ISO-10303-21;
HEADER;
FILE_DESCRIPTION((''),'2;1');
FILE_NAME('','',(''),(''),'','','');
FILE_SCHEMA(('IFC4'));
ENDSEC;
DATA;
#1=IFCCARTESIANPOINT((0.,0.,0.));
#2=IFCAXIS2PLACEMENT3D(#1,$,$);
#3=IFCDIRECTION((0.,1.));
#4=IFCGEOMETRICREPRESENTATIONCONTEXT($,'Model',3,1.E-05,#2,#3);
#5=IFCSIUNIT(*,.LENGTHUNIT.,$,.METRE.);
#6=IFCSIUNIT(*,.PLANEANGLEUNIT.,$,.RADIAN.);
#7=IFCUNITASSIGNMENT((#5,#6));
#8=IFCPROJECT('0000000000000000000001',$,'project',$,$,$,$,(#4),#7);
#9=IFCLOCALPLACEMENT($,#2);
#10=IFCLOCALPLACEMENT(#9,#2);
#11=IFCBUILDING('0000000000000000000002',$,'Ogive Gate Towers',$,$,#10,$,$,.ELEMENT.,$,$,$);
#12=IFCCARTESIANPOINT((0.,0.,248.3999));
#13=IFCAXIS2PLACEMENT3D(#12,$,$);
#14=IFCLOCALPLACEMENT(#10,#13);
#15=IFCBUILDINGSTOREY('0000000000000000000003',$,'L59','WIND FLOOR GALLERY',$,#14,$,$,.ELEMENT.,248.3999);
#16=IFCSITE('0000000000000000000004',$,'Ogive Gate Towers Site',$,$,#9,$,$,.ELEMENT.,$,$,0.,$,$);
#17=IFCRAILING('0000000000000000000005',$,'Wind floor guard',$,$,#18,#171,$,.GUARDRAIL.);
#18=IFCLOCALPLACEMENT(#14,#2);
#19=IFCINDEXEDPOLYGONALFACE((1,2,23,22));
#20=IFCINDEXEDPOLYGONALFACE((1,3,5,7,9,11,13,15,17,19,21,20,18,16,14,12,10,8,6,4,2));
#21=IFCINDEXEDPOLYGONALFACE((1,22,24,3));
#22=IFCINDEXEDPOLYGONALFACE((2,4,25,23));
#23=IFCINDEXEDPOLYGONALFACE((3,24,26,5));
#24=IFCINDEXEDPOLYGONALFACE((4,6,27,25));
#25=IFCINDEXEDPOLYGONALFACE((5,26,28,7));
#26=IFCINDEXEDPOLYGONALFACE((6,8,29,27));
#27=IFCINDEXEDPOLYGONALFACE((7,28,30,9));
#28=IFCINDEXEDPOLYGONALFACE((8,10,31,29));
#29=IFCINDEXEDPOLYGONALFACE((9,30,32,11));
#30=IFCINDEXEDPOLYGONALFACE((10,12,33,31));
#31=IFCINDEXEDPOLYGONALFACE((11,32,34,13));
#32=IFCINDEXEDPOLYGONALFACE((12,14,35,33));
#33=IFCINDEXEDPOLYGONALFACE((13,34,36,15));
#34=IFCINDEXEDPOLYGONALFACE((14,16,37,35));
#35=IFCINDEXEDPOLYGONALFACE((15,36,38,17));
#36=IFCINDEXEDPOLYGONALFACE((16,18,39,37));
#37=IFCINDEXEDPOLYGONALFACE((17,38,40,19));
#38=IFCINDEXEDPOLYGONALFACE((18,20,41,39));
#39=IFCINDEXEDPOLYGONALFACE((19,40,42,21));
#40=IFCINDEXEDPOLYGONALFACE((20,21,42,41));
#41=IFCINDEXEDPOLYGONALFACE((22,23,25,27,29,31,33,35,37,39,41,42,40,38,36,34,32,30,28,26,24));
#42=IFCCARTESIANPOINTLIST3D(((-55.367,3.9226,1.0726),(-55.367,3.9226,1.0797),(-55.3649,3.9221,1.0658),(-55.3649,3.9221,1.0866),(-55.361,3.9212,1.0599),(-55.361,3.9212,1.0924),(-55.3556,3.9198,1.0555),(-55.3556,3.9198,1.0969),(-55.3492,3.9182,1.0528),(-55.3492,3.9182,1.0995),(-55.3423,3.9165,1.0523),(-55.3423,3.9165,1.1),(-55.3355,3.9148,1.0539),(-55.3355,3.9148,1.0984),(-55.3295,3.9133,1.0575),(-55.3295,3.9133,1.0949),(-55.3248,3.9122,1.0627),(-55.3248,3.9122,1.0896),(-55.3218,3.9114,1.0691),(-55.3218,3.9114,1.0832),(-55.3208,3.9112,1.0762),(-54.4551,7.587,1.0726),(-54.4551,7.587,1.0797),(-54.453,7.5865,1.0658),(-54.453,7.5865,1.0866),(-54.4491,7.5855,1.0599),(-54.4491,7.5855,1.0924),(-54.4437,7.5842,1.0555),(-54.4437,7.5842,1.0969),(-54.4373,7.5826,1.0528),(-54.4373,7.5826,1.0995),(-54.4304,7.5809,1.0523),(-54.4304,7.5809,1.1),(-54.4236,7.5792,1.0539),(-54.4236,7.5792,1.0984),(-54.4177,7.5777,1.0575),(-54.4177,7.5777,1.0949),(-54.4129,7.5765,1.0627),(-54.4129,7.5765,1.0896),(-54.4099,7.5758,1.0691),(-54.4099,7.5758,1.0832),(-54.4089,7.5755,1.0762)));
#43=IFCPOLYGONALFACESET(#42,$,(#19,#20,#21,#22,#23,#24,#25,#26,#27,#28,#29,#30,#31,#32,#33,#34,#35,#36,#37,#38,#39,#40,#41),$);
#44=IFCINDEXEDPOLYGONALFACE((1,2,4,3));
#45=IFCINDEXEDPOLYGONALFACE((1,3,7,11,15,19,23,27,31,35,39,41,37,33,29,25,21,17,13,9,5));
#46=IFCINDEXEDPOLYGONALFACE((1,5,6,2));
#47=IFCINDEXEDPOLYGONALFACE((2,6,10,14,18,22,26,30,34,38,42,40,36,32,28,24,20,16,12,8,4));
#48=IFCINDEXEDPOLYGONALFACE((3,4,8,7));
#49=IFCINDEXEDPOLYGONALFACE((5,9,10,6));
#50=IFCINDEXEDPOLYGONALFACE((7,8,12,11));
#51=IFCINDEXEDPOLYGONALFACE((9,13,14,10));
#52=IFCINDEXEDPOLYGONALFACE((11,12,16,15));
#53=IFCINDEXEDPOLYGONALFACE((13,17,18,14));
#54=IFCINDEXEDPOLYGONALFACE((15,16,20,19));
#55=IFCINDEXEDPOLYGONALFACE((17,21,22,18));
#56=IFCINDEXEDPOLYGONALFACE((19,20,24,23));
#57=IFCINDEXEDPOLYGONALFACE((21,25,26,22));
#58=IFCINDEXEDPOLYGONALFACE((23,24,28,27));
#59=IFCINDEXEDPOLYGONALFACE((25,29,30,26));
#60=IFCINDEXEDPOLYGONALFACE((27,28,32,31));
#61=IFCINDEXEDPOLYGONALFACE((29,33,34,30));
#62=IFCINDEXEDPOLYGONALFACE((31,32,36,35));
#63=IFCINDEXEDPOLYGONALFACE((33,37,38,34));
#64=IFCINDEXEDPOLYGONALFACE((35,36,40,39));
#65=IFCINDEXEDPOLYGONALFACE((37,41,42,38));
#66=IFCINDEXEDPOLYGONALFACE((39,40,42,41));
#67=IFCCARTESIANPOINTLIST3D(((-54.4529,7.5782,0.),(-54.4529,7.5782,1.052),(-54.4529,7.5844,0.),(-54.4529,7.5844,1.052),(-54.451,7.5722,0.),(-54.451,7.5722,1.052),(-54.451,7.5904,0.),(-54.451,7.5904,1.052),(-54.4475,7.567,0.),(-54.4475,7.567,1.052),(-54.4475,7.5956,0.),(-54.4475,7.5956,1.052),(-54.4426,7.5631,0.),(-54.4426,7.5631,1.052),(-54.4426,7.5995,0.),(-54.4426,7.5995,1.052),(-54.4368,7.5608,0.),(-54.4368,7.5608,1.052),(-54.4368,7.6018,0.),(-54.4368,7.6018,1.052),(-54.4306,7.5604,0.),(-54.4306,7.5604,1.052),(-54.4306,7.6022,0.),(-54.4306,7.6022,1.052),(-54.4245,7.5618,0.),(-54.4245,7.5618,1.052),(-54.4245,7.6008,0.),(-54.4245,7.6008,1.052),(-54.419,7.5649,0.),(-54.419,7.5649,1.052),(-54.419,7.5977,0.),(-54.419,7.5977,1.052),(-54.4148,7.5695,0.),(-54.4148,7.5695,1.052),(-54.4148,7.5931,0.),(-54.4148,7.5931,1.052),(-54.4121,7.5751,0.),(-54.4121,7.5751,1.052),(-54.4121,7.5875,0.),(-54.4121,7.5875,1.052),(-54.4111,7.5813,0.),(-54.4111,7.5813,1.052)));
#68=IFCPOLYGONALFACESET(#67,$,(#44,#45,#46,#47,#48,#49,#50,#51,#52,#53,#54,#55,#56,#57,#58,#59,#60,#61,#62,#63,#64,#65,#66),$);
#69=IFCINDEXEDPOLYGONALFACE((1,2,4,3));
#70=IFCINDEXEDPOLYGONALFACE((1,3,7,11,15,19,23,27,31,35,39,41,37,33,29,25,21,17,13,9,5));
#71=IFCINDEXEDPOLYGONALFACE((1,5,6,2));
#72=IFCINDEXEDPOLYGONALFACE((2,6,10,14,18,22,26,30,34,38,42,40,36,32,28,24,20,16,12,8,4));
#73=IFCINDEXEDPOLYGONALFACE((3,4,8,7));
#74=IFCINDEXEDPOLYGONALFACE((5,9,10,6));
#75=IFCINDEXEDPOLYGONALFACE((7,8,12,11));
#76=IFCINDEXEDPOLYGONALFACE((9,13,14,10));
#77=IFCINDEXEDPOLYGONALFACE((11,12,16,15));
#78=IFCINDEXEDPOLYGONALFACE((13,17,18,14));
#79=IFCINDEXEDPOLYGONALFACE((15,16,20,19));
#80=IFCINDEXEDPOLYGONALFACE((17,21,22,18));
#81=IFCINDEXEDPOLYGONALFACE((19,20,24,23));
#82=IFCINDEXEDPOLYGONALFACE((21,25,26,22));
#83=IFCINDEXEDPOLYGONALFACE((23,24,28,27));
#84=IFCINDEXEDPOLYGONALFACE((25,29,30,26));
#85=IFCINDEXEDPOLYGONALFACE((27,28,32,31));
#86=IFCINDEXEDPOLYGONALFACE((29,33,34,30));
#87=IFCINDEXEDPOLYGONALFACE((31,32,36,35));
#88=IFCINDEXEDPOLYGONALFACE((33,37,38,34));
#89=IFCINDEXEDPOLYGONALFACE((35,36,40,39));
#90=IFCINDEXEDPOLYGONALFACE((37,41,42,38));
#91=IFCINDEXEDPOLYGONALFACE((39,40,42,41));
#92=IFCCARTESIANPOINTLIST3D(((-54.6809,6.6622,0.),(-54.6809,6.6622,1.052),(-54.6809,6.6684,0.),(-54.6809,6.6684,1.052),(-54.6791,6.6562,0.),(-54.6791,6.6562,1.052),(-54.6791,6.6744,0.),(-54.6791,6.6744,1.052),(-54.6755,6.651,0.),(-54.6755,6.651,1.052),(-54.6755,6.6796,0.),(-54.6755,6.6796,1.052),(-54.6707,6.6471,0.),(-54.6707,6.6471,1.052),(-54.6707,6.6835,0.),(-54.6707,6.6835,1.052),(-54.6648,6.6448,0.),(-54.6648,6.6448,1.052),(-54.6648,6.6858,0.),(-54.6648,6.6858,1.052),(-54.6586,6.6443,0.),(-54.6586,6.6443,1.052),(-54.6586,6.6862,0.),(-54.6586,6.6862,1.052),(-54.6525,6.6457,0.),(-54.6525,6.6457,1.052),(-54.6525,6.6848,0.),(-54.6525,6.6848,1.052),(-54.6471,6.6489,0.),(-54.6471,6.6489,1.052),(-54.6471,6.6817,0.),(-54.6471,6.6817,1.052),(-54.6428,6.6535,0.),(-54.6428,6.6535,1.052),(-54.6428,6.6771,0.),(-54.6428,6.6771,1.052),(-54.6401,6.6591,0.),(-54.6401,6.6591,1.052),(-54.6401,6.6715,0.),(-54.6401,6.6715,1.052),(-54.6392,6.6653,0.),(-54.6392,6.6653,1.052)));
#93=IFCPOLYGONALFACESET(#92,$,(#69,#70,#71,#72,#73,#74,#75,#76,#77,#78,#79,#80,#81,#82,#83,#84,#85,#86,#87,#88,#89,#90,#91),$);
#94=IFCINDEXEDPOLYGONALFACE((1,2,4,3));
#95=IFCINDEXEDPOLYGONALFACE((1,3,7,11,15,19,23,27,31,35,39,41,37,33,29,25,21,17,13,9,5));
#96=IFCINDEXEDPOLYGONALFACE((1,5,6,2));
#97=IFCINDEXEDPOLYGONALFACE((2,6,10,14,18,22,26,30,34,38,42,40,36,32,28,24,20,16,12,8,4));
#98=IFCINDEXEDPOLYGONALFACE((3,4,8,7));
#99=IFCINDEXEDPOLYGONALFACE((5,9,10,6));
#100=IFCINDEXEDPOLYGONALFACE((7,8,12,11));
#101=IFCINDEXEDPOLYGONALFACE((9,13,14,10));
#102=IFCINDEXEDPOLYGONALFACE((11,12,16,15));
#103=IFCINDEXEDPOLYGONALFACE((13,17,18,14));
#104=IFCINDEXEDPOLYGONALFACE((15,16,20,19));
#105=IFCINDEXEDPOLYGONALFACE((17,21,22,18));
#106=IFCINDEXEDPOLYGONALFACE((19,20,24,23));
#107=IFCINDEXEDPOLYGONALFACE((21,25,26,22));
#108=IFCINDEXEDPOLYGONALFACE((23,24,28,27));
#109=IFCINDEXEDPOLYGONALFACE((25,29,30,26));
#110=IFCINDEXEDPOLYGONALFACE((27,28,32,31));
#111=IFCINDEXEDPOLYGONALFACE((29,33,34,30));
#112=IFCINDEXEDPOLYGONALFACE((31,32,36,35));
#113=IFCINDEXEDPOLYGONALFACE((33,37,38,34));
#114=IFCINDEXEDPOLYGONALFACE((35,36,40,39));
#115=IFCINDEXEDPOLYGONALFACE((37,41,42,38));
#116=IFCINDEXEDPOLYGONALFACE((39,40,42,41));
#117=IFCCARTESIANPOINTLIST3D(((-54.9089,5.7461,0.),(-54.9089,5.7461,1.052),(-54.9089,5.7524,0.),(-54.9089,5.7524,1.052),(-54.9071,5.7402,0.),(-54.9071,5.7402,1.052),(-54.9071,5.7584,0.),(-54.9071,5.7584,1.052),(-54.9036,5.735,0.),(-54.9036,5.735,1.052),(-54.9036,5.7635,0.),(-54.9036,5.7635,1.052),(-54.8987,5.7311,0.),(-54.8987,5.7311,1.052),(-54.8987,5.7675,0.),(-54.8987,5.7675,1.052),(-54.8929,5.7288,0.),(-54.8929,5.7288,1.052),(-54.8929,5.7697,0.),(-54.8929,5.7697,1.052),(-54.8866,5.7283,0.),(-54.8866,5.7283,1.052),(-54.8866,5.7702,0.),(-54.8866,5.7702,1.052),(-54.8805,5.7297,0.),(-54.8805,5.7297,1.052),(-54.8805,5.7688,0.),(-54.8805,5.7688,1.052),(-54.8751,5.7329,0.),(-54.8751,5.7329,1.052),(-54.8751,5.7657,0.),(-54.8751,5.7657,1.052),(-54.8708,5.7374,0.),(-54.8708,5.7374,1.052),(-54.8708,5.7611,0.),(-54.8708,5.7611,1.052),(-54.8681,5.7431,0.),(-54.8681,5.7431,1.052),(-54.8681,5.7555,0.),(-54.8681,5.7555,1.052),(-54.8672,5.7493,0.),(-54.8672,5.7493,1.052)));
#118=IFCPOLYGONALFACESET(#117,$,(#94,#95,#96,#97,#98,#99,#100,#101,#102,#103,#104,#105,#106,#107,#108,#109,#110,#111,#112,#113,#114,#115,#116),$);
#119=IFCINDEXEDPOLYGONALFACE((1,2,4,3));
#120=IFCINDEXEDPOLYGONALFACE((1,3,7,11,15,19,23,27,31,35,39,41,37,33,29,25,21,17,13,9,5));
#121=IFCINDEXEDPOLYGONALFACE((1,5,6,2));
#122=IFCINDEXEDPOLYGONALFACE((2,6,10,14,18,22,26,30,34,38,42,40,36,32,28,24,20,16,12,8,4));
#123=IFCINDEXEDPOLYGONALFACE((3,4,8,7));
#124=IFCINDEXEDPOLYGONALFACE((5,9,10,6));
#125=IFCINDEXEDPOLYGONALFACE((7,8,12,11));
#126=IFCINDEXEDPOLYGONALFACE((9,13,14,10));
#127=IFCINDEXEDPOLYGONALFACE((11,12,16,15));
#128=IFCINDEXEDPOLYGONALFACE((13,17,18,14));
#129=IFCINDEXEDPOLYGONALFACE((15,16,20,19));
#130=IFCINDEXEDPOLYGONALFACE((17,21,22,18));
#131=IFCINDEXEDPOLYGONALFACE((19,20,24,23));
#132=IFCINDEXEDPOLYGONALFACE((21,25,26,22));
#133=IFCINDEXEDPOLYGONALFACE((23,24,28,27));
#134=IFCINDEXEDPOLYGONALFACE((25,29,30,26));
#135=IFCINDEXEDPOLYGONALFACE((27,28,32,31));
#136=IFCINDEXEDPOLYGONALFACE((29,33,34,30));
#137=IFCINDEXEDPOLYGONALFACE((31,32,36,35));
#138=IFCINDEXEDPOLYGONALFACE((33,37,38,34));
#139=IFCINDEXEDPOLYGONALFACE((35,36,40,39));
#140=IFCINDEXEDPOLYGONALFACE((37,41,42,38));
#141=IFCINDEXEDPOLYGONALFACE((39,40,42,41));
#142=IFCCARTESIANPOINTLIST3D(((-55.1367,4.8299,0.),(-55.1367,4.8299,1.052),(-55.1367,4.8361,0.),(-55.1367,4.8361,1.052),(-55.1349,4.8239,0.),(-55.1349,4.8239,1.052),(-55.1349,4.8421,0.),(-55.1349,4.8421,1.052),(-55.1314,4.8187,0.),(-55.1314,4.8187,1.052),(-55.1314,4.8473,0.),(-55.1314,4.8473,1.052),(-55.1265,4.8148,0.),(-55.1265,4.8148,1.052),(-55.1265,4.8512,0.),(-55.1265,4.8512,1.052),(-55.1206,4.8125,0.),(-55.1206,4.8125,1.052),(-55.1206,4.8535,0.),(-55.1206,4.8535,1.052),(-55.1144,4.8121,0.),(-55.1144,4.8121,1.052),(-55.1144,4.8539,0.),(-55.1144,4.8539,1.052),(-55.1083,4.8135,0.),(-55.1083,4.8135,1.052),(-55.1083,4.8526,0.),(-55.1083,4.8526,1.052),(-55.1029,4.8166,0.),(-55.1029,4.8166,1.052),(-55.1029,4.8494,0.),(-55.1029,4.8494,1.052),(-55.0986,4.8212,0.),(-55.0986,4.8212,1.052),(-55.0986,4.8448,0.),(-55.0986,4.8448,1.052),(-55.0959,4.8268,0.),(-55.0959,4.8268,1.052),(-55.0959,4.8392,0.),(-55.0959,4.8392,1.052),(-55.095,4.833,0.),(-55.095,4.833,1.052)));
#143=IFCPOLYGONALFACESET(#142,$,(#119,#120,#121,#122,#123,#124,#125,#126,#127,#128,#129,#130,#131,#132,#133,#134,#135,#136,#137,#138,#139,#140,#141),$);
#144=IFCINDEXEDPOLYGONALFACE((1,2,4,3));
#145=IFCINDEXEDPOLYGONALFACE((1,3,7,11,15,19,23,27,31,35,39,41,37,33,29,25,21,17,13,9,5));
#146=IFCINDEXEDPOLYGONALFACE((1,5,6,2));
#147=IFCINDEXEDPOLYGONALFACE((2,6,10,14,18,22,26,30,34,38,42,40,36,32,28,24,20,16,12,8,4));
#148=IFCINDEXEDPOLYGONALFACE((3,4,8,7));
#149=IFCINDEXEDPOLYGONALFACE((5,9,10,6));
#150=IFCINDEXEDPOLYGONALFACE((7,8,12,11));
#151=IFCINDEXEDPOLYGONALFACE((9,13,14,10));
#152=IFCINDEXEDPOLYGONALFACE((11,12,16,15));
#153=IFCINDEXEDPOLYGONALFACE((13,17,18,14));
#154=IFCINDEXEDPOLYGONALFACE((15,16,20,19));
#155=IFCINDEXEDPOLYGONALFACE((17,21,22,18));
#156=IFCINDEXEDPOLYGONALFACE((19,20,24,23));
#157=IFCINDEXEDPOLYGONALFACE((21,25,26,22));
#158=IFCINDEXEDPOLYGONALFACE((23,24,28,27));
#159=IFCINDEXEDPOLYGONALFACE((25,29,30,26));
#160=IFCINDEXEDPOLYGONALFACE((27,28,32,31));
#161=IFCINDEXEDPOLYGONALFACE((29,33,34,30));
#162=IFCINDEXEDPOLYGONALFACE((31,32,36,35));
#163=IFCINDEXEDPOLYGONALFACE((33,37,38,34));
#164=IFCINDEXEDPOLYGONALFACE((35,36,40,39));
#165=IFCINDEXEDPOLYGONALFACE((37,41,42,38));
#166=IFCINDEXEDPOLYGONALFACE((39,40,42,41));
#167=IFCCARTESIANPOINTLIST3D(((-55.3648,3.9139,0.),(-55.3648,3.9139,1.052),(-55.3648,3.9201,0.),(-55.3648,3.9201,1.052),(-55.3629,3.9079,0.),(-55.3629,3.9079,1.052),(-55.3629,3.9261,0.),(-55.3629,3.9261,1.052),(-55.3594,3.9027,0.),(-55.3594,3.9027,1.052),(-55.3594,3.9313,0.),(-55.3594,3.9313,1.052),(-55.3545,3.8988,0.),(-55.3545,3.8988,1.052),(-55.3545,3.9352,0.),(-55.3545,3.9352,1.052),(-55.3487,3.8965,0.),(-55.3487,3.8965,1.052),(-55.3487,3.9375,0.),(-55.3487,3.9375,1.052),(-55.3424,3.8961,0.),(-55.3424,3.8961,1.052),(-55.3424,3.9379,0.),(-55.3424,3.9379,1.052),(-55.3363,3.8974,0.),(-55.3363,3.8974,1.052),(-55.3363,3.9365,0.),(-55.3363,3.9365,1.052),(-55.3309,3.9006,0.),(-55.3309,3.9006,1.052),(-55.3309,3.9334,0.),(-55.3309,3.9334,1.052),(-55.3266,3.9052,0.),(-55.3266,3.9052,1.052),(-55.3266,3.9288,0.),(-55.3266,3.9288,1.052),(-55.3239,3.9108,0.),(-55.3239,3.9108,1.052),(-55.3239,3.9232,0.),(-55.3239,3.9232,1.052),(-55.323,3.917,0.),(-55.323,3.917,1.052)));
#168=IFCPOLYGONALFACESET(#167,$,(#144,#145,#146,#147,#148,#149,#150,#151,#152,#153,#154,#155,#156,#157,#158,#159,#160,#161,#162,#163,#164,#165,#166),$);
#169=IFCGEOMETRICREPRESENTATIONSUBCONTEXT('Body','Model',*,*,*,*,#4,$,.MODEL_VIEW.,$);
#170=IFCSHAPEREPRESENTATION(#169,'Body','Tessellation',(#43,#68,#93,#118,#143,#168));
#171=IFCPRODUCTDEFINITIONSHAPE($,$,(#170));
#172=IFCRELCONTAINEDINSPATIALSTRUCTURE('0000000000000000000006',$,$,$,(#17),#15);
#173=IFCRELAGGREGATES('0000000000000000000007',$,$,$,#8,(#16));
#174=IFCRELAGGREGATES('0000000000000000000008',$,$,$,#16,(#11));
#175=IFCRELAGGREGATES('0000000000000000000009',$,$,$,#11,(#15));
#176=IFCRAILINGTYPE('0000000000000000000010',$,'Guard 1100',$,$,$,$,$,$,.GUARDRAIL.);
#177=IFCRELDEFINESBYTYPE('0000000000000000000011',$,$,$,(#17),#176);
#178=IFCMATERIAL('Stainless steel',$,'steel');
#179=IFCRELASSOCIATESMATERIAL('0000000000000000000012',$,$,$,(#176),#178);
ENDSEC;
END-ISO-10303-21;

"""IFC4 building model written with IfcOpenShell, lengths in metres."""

from ifc_helpers import new_model, si_unit, direction, frame, origin, origin_2d, place, context, subcontext, project, spatial, circle, extrude, material, type_object, element, save


model = new_model("IFC4")

# Units and contexts
model_context = context("Model", 3, precision=1e-05, world=origin(), true_north=direction((0.0, 1.0)))
body_context = subcontext(model_context, "Body", "Model", "MODEL_VIEW")
ifc_project = project(units=[si_unit("LENGTHUNIT", "METRE"), si_unit("PLANEANGLEUNIT", "RADIAN")], contexts=[model_context])

# Site, building, storey
site_placement = place(None, origin())
site = spatial("IfcSite", under=ifc_project, at=site_placement, Name="Ogive Gate Towers Site", CompositionType="ELEMENT", RefElevation=0.0)
building_placement = place(site_placement, origin())
building = spatial("IfcBuilding", under=site, at=building_placement, Name="Ogive Gate Towers", CompositionType="ELEMENT")
storey_placement = place(building_placement, frame((0.0, 0.0, 248.3999)))
storey = spatial("IfcBuildingStorey", under=building, at=storey_placement, Name="L59", Description="WIND FLOOR GALLERY", CompositionType="ELEMENT", Elevation=248.3999)

# Railing
ifc_material_1 = material(Name="Stainless steel", Category="steel")
railing_type_1 = type_object("IfcRailingType", Name="Guard 1100", PredefinedType="GUARDRAIL", material=ifc_material_1)
railing_1_placement = place(storey_placement, frame((-54.4321, 7.5813, 0.0)))
element("IfcRailing", 1, at=railing_1_placement, inside=storey, type_object=railing_type_1, Name="Wind floor guard", PredefinedType="GUARDRAIL", context=body_context, shape_type="SweptSolid", body=[
    extrude(circle(Radius=0.0239, at=origin_2d()), frame((0.0, 0.0, 1.0762), z_axis=(-0.241486, -0.970404, 0.0), x_axis=(0.970404, -0.241486, 0.0)), (0.0, 0.0, 1.0), 3.7761),
    extrude(circle(Radius=0.021, at=origin_2d()), origin(), (0.0, 0.0, 1.0), 1.052),
    extrude(circle(Radius=0.021, at=origin_2d()), frame((-0.228, -0.916, 0.0)), (0.0, 0.0, 1.0), 1.052),
    extrude(circle(Radius=0.021, at=origin_2d()), frame((-0.4561, -1.832, 0.0)), (0.0, 0.0, 1.0), 1.052),
    extrude(circle(Radius=0.021, at=origin_2d()), frame((-0.6838, -2.7483, 0.0)), (0.0, 0.0, 1.0), 1.052),
    extrude(circle(Radius=0.021, at=origin_2d()), frame((-0.9119, -3.6643, 0.0)), (0.0, 0.0, 1.0), 1.052),
])

save(model, "model.ifc")
